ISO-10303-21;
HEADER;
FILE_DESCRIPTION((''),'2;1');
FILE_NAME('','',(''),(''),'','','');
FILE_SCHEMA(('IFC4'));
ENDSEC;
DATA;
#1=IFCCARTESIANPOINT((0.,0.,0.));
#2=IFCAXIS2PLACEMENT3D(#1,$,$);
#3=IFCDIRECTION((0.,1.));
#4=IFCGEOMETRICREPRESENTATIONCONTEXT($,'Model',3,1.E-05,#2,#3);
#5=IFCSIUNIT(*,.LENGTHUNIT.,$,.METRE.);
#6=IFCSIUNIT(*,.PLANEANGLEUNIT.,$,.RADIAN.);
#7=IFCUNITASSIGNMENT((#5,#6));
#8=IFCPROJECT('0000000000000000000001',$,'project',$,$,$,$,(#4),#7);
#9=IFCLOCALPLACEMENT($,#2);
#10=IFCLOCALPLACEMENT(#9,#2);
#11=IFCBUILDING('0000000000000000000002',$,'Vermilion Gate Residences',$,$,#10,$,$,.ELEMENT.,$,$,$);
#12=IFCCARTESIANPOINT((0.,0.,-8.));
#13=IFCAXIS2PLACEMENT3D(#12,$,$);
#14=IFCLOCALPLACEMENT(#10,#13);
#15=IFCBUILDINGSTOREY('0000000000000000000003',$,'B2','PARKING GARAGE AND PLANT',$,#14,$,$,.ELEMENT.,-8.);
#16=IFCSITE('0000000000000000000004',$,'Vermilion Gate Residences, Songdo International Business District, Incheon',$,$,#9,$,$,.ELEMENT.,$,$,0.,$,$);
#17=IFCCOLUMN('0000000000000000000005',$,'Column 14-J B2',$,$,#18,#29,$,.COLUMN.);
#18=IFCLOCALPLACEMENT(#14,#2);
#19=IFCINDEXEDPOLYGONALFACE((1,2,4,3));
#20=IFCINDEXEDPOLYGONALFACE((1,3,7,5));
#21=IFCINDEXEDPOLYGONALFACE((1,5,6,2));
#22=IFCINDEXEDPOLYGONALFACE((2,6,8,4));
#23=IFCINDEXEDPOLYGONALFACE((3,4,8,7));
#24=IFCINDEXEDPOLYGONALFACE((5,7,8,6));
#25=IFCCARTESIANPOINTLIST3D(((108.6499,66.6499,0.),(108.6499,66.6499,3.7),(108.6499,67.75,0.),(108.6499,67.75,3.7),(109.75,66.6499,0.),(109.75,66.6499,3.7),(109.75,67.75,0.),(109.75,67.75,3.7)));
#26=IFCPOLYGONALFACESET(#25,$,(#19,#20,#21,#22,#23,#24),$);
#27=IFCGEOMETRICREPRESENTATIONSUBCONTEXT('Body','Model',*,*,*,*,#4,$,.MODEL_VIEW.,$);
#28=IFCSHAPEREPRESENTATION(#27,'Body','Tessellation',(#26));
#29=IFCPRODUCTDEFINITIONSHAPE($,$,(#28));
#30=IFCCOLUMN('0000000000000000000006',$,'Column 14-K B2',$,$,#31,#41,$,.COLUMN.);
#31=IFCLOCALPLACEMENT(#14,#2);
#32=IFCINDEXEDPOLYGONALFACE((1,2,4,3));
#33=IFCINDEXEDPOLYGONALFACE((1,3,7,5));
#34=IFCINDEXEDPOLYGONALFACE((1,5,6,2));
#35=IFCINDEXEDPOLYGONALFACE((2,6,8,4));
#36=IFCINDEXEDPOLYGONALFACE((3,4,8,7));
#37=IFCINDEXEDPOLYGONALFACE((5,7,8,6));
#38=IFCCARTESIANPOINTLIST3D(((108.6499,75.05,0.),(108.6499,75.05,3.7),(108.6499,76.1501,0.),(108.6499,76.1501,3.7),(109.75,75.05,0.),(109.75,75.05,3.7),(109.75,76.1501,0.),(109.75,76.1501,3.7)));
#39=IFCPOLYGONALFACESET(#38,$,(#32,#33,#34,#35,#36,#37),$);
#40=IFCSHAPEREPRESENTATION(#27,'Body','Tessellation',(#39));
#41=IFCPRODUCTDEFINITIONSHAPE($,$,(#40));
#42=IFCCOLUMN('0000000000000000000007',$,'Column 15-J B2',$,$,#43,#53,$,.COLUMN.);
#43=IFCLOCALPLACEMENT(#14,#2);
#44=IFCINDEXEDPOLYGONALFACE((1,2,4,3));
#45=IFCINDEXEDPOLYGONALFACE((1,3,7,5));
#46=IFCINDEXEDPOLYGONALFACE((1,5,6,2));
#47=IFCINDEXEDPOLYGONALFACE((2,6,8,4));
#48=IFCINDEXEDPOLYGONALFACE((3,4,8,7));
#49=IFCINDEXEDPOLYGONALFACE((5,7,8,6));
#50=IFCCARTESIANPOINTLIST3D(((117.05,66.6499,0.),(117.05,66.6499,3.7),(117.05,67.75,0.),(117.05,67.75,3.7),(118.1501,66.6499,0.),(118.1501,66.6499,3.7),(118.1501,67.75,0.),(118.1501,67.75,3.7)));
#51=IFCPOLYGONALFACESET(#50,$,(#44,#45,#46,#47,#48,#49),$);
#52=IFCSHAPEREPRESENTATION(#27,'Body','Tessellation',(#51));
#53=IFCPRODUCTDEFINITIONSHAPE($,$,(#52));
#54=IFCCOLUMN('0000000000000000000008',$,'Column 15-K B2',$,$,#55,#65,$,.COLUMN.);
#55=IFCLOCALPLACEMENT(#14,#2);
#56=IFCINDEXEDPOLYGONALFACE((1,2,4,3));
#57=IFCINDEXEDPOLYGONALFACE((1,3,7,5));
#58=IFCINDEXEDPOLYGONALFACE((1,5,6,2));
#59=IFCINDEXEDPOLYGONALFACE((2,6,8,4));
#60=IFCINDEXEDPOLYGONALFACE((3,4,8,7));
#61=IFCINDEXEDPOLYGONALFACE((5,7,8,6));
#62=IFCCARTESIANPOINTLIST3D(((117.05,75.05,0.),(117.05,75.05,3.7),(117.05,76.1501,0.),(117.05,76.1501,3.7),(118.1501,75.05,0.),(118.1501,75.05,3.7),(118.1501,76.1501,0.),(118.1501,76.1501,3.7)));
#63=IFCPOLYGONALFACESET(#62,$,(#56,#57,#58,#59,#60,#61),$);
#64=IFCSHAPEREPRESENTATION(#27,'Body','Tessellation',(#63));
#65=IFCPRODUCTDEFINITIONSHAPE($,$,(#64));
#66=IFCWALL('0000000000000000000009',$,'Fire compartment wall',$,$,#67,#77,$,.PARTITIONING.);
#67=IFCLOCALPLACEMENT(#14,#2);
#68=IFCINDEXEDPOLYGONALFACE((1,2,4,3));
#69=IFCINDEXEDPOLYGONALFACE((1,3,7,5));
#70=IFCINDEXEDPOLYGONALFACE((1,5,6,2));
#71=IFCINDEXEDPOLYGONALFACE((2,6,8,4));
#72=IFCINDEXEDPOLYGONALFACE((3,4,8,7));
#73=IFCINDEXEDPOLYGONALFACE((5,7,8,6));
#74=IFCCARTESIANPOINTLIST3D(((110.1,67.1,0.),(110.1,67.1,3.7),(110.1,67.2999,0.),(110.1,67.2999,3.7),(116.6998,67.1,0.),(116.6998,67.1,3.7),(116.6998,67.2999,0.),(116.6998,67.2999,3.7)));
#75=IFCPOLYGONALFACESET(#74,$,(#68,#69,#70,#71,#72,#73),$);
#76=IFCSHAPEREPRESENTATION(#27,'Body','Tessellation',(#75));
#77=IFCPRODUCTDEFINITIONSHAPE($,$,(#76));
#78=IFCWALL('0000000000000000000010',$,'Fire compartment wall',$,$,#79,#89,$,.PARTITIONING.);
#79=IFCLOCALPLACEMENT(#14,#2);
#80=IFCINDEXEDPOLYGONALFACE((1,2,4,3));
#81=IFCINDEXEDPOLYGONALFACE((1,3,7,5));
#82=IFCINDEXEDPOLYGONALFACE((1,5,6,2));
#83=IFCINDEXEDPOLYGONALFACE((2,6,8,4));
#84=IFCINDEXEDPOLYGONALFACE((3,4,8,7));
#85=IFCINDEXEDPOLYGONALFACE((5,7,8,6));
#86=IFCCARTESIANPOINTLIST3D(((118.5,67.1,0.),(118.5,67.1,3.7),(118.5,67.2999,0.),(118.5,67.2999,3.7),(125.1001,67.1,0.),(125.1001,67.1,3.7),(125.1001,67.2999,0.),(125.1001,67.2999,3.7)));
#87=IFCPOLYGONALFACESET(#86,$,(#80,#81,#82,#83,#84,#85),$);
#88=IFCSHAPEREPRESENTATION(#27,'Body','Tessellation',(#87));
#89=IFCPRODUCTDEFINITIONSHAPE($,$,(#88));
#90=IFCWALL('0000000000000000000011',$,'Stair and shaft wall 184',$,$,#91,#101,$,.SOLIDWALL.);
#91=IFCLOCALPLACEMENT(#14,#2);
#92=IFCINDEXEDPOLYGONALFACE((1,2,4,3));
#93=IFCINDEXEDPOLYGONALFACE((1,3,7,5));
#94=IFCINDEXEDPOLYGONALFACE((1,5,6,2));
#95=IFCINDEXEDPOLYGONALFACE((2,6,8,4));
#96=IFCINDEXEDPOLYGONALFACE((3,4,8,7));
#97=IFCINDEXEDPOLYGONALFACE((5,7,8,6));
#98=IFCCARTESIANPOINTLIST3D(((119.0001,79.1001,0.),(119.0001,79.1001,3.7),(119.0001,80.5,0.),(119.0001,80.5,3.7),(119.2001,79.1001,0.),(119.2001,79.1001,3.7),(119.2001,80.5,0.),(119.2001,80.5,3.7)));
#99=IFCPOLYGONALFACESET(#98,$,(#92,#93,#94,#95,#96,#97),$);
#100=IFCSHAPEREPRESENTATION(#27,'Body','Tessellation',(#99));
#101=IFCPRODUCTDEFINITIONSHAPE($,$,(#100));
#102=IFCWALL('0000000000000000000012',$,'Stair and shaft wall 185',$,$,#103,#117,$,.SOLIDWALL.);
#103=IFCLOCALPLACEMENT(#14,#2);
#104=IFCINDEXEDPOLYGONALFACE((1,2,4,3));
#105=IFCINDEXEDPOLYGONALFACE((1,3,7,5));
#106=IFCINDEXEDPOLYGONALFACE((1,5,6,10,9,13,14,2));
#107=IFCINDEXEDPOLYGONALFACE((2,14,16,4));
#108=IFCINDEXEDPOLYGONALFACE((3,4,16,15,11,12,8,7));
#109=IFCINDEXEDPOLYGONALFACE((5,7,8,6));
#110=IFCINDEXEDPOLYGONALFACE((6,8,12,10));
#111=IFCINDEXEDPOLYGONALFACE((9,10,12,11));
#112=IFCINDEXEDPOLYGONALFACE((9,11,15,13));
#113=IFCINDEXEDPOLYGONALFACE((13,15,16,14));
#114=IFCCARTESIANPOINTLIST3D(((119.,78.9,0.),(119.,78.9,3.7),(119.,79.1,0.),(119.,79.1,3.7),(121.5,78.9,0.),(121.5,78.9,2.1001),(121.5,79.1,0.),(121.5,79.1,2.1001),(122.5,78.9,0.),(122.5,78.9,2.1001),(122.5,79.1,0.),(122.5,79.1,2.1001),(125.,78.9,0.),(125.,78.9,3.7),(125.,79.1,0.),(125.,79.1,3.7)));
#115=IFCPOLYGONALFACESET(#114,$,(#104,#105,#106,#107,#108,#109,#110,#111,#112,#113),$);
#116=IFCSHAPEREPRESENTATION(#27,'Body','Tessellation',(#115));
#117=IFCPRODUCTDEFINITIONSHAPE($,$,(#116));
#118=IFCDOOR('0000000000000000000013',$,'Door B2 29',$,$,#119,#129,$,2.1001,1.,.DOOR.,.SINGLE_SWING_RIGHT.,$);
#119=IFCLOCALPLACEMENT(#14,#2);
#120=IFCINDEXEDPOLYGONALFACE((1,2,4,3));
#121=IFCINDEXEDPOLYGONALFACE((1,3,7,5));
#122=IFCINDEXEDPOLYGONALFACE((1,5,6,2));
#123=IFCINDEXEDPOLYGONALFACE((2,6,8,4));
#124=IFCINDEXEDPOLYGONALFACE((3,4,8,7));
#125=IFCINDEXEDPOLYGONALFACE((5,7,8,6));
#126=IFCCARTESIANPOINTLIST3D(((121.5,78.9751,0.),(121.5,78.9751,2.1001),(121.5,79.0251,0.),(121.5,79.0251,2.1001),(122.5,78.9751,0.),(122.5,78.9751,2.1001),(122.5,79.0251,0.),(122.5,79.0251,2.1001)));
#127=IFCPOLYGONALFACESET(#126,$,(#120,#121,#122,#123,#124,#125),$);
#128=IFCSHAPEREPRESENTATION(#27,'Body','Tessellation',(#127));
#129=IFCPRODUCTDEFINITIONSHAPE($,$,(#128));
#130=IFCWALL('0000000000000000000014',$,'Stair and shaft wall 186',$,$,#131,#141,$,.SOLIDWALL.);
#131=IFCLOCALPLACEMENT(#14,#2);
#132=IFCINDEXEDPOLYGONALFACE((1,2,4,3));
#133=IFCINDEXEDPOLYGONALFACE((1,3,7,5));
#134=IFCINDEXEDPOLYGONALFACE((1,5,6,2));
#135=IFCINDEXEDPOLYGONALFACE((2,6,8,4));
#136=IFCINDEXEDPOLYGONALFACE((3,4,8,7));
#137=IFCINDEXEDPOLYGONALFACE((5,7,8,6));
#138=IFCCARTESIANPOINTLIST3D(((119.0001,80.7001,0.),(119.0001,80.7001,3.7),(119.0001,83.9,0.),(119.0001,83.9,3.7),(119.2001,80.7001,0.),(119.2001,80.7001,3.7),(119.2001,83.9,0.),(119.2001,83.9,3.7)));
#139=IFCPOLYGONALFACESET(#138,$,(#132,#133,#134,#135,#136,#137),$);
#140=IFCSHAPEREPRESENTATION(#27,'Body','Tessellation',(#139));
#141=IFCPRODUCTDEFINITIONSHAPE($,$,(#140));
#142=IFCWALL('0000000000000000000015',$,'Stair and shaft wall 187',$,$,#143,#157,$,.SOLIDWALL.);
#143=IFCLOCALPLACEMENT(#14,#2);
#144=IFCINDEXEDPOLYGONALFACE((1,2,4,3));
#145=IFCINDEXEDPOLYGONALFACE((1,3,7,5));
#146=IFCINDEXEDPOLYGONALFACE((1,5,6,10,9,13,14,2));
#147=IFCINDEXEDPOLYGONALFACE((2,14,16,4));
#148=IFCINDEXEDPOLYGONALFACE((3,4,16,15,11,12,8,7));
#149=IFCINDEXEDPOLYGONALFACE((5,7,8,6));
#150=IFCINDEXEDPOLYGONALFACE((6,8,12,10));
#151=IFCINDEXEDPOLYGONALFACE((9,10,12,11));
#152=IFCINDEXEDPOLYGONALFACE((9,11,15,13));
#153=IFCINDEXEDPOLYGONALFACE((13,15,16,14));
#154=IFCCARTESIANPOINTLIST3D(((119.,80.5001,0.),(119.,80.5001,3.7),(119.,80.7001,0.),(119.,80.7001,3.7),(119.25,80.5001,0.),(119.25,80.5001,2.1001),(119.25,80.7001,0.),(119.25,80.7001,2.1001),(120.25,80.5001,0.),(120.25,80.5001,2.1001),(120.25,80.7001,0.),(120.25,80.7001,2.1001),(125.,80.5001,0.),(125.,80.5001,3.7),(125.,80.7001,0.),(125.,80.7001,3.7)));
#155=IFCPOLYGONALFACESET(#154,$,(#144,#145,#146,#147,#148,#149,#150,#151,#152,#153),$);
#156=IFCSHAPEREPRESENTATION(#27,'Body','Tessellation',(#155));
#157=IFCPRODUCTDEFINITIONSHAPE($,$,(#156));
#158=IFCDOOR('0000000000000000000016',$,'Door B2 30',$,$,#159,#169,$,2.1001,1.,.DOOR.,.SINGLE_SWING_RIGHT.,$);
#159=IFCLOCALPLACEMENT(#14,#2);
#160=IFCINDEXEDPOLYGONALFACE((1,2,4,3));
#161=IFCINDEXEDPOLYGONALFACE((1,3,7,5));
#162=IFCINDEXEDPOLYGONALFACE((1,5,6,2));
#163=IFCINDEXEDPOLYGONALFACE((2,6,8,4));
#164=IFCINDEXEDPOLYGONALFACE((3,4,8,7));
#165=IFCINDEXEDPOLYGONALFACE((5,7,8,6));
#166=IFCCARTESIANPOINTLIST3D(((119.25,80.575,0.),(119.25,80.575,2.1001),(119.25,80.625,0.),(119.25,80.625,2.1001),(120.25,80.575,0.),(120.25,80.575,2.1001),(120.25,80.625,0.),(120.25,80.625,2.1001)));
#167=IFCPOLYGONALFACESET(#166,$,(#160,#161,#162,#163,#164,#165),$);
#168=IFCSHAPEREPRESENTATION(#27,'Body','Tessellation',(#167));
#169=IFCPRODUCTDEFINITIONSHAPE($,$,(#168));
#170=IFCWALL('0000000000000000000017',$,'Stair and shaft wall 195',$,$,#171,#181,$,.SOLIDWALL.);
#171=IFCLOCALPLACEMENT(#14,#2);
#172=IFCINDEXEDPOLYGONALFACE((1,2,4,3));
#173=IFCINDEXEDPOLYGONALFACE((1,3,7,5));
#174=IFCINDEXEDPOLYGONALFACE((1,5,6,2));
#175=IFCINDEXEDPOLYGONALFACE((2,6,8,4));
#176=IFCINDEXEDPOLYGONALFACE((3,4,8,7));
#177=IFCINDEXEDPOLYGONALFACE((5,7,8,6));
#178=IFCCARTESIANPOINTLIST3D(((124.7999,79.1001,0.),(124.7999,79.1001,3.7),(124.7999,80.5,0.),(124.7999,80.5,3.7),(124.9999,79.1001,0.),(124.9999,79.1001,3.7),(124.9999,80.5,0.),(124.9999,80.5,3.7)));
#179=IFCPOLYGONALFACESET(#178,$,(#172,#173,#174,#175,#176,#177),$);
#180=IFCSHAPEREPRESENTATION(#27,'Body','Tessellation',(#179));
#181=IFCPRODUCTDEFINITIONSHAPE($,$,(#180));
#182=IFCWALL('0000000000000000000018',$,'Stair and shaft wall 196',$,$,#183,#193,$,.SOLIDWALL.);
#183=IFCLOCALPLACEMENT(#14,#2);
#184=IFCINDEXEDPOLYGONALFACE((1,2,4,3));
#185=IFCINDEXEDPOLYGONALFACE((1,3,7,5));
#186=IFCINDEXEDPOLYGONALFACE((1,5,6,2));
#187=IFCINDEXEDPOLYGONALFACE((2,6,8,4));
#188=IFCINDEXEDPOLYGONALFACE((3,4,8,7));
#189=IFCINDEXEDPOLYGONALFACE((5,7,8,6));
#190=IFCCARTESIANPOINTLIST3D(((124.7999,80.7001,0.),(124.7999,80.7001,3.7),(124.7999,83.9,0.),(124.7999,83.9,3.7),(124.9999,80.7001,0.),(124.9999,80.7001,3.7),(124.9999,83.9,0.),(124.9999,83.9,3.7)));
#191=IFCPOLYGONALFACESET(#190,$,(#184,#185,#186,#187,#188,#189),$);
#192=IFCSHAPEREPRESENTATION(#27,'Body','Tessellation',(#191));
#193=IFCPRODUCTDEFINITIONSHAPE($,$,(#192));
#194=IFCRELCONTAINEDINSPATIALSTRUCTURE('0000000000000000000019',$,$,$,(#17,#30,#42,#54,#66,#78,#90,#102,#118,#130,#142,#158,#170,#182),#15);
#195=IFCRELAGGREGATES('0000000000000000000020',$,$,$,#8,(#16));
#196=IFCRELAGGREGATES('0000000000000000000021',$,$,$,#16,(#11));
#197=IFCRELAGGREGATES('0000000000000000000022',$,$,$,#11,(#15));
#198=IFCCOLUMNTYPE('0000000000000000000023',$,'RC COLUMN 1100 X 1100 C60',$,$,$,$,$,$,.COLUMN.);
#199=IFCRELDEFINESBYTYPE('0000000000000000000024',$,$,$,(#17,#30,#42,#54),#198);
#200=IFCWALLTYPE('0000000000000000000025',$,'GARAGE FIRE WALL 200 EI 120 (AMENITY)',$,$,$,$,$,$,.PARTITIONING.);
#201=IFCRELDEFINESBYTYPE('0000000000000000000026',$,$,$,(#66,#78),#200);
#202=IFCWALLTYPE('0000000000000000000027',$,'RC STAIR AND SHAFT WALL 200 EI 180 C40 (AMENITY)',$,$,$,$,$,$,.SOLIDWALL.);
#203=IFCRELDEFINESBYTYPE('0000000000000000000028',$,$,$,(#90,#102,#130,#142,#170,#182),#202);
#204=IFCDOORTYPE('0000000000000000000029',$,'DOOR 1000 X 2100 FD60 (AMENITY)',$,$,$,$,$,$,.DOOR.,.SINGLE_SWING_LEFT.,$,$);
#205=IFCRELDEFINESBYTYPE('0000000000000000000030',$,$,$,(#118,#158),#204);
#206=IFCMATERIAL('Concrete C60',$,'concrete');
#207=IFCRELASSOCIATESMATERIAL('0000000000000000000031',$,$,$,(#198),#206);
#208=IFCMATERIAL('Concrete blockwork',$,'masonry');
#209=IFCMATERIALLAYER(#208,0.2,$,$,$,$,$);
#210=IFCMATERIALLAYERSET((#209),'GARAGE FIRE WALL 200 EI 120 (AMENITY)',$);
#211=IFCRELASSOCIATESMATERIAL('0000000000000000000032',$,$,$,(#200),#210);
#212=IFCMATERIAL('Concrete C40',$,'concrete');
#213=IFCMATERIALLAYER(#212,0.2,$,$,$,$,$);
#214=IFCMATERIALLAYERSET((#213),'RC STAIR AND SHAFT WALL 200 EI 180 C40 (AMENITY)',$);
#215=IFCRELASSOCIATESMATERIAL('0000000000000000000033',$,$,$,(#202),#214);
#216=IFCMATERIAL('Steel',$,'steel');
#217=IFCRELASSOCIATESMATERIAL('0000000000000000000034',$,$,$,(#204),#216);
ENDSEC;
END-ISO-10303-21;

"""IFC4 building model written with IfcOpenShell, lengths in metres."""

from ifc_helpers import new_model, si_unit, direction, frame, frame_2d, origin, origin_2d, place, context, subcontext, project, spatial, rectangle, extrude, material, layer, layer_set, material_profile, profile_set, type_object, element, fill, save


model = new_model("IFC4")

# Units and contexts
model_context = context("Model", 3, precision=1e-05, world=origin(), true_north=direction((0.0, 1.0)))
body_context = subcontext(model_context, "Body", "Model", "MODEL_VIEW")
ifc_project = project(units=[si_unit("LENGTHUNIT", "METRE"), si_unit("PLANEANGLEUNIT", "RADIAN")], contexts=[model_context])

# Site, building, storey
site_placement = place(None, origin())
site = spatial("IfcSite", under=ifc_project, at=site_placement, Name="Vermilion Gate Residences, Songdo International Business District, Incheon", CompositionType="ELEMENT", RefElevation=0.0)
building_placement = place(site_placement, origin())
building = spatial("IfcBuilding", under=site, at=building_placement, Name="Vermilion Gate Residences", CompositionType="ELEMENT")
storey_placement = place(building_placement, frame((0.0, 0.0, -8.0)))
storey = spatial("IfcBuildingStorey", under=building, at=storey_placement, Name="B2", Description="PARKING GARAGE AND PLANT", CompositionType="ELEMENT", Elevation=-8.0)

# Columns
ifc_material_1 = material(Name="Concrete C60", Category="concrete")
ifc_material_profile_1 = material_profile(ifc_material_1, rectangle(XDim=1.1001, YDim=1.1001, at=origin_2d()), Name="RC-1100x1100")
ifc_profile_set_1 = profile_set([ifc_material_profile_1], Name="Concrete C60")
column_type = type_object("IfcColumnType", Name="RC COLUMN 1100 X 1100 C60", PredefinedType="COLUMN", material=ifc_profile_set_1)
for number, where, z_axis, x_axis, name in (
    (1, (109.2, 67.2, 0.0), (0.0, 0.0, 1.0), (1.0, 0.0, 0.0), "Column 14-J B2"),
    (2, (109.2, 75.6001, 0.0), (0.0, 0.0, 1.0), (1.0, 0.0, 0.0), "Column 14-K B2"),
    (3, (117.6001, 67.2, 0.0), (0.0, 0.0, 1.0), (1.0, 0.0, 0.0), "Column 15-J B2"),
    (4, (117.6001, 75.6001, 0.0), (0.0, 0.0, 1.0), (1.0, 0.0, 0.0), "Column 15-K B2"),
):
    element("IfcColumn", number, at=place(storey_placement, frame(where, z_axis=z_axis, x_axis=x_axis)), inside=storey, type_object=column_type, Name=name, PredefinedType="COLUMN", context=body_context, shape_type="SweptSolid", body=[
        extrude(rectangle(XDim=1.1001, YDim=1.1001, at=origin_2d()), origin(), (0.0, 0.0, 1.0), 3.7),
    ])

# Walls
ifc_material_2 = material(Name="Concrete blockwork", Category="masonry")
ifc_layer_1 = layer(ifc_material_2, 0.2)
ifc_layer_set_1 = layer_set([ifc_layer_1], Name="GARAGE FIRE WALL 200 EI 120 (AMENITY)")
wall_type_1 = type_object("IfcWallType", Name="GARAGE FIRE WALL 200 EI 120 (AMENITY)", PredefinedType="PARTITIONING", material=ifc_layer_set_1)
wall_1_placement = place(storey_placement, frame((110.1001, 67.2, 0.0), z_axis=(0.0, 0.0, 1.0), x_axis=(1.0, 0.0, 0.0)))
element("IfcWall", 5, at=wall_1_placement, inside=storey, type_object=wall_type_1, Name="Fire compartment wall", PredefinedType="PARTITIONING", context=body_context, shape_type="SweptSolid", body=[
    extrude(rectangle(XDim=6.5999, YDim=0.2, at=frame_2d((3.2998, 0.0))), origin(), (0.0, 0.0, 1.0), 3.7),
])
wall_2_placement = place(storey_placement, frame((118.5, 67.2, 0.0), z_axis=(0.0, 0.0, 1.0), x_axis=(1.0, 0.0, 0.0)))
element("IfcWall", 6, at=wall_2_placement, inside=storey, type_object=wall_type_1, Name="Fire compartment wall", PredefinedType="PARTITIONING", context=body_context, shape_type="SweptSolid", body=[
    extrude(rectangle(XDim=6.6001, YDim=0.2, at=frame_2d((3.3, 0.0))), origin(), (0.0, 0.0, 1.0), 3.7),
])
ifc_material_3 = material(Name="Concrete C40", Category="concrete")
ifc_layer_2 = layer(ifc_material_3, 0.2)
ifc_layer_set_2 = layer_set([ifc_layer_2], Name="RC STAIR AND SHAFT WALL 200 EI 180 C40 (AMENITY)")
wall_type_2 = type_object("IfcWallType", Name="RC STAIR AND SHAFT WALL 200 EI 180 C40 (AMENITY)", PredefinedType="SOLIDWALL", material=ifc_layer_set_2)
wall_3_placement = place(storey_placement, frame((119.1001, 79.1001, 0.0), z_axis=(0.0, 0.0, 1.0), x_axis=(0.0, 1.0, 0.0)))
element("IfcWall", 7, at=wall_3_placement, inside=storey, type_object=wall_type_2, Name="Stair and shaft wall 184", PredefinedType="SOLIDWALL", context=body_context, shape_type="SweptSolid", body=[
    extrude(rectangle(XDim=1.3999, YDim=0.2, at=frame_2d((0.7, 0.0))), origin(), (0.0, 0.0, 1.0), 3.7),
])

# Wall, opening, door
wall_4_placement = place(storey_placement, frame((119.0, 79.0, 0.0), z_axis=(0.0, 0.0, 1.0), x_axis=(1.0, 0.0, 0.0)))
wall_4 = element("IfcWall", 8, at=wall_4_placement, inside=storey, type_object=wall_type_2, Name="Stair and shaft wall 185", PredefinedType="SOLIDWALL", context=body_context, shape_type="SweptSolid", body=[
    extrude(rectangle(XDim=6.0, YDim=0.2, at=frame_2d((3.0, 0.0))), origin(), (0.0, 0.0, 1.0), 3.7),
])
opening_1_placement = place(wall_4_placement, frame((2.5, 0.0, 0.0)))
opening_1 = element("IfcOpeningElement", 9, at=opening_1_placement, cuts=wall_4, PredefinedType="OPENING", context=body_context, shape_type="SweptSolid", body=[
    extrude(rectangle(XDim=1.0, YDim=2.1001, at=frame_2d((0.5, 1.05))), frame((0.0, 0.1099, 0.0), z_axis=(0.0, -1.0, 0.0), x_axis=(1.0, 0.0, 0.0)), (0.0, 0.0, 1.0), 0.22),
])
ifc_material_4 = material(Name="Steel", Category="steel")
door_type = type_object("IfcDoorType", Name="DOOR 1000 X 2100 FD60 (AMENITY)", OperationType="SINGLE_SWING_LEFT", PredefinedType="DOOR", material=ifc_material_4)
door_1_placement = place(opening_1_placement, frame((1.0, 0.0, 0.0), z_axis=(0.0, 0.0, 1.0), x_axis=(-1.0, 0.0, 0.0)))
door_1 = element("IfcDoor", 10, at=door_1_placement, inside=storey, type_object=door_type, Name="Door B2 29", OperationType="SINGLE_SWING_RIGHT", OverallHeight=2.1001, OverallWidth=1.0, PredefinedType="DOOR", context=body_context, shape_type="SweptSolid", body=[
    extrude(rectangle(XDim=1.0, YDim=2.1001, at=frame_2d((0.5, 1.05))), frame((0.0, 0.0249, 0.0), z_axis=(0.0, -1.0, 0.0), x_axis=(1.0, 0.0, 0.0)), (0.0, 0.0, 1.0), 0.05),
])
fill(opening_1, door_1)

# Wall
wall_5_placement = place(storey_placement, frame((119.1001, 80.7, 0.0), z_axis=(0.0, 0.0, 1.0), x_axis=(0.0, 1.0, 0.0)))
element("IfcWall", 11, at=wall_5_placement, inside=storey, type_object=wall_type_2, Name="Stair and shaft wall 186", PredefinedType="SOLIDWALL", context=body_context, shape_type="SweptSolid", body=[
    extrude(rectangle(XDim=3.2, YDim=0.2, at=frame_2d((1.6001, 0.0))), origin(), (0.0, 0.0, 1.0), 3.7),
])

# Wall, opening, door
wall_6_placement = place(storey_placement, frame((119.0, 80.6001, 0.0), z_axis=(0.0, 0.0, 1.0), x_axis=(1.0, 0.0, 0.0)))
wall_6 = element("IfcWall", 12, at=wall_6_placement, inside=storey, type_object=wall_type_2, Name="Stair and shaft wall 187", PredefinedType="SOLIDWALL", context=body_context, shape_type="SweptSolid", body=[
    extrude(rectangle(XDim=6.0, YDim=0.2, at=frame_2d((3.0, 0.0))), origin(), (0.0, 0.0, 1.0), 3.7),
])
opening_2_placement = place(wall_6_placement, frame((0.25, 0.0, 0.0)))
opening_2 = element("IfcOpeningElement", 13, at=opening_2_placement, cuts=wall_6, PredefinedType="OPENING", context=body_context, shape_type="SweptSolid", body=[
    extrude(rectangle(XDim=1.0, YDim=2.1001, at=frame_2d((0.5, 1.05))), frame((0.0, 0.1099, 0.0), z_axis=(0.0, -1.0, 0.0), x_axis=(1.0, 0.0, 0.0)), (0.0, 0.0, 1.0), 0.22),
])
door_2_placement = place(opening_2_placement, origin())
door_2 = element("IfcDoor", 14, at=door_2_placement, inside=storey, type_object=door_type, Name="Door B2 30", OperationType="SINGLE_SWING_RIGHT", OverallHeight=2.1001, OverallWidth=1.0, PredefinedType="DOOR", context=body_context, shape_type="SweptSolid", body=[
    extrude(rectangle(XDim=1.0, YDim=2.1001, at=frame_2d((0.5, 1.05))), frame((0.0, 0.0249, 0.0), z_axis=(0.0, -1.0, 0.0), x_axis=(1.0, 0.0, 0.0)), (0.0, 0.0, 1.0), 0.05),
])
fill(opening_2, door_2)

# Walls
wall_7_placement = place(storey_placement, frame((124.8999, 79.1001, 0.0), z_axis=(0.0, 0.0, 1.0), x_axis=(0.0, 1.0, 0.0)))
element("IfcWall", 15, at=wall_7_placement, inside=storey, type_object=wall_type_2, Name="Stair and shaft wall 195", PredefinedType="SOLIDWALL", context=body_context, shape_type="SweptSolid", body=[
    extrude(rectangle(XDim=1.3999, YDim=0.2, at=frame_2d((0.7, 0.0))), origin(), (0.0, 0.0, 1.0), 3.7),
])
wall_8_placement = place(storey_placement, frame((124.8999, 80.7, 0.0), z_axis=(0.0, 0.0, 1.0), x_axis=(0.0, 1.0, 0.0)))
element("IfcWall", 16, at=wall_8_placement, inside=storey, type_object=wall_type_2, Name="Stair and shaft wall 196", PredefinedType="SOLIDWALL", context=body_context, shape_type="SweptSolid", body=[
    extrude(rectangle(XDim=3.2, YDim=0.2, at=frame_2d((1.6001, 0.0))), origin(), (0.0, 0.0, 1.0), 3.7),
])

save(model, "model.ifc")
